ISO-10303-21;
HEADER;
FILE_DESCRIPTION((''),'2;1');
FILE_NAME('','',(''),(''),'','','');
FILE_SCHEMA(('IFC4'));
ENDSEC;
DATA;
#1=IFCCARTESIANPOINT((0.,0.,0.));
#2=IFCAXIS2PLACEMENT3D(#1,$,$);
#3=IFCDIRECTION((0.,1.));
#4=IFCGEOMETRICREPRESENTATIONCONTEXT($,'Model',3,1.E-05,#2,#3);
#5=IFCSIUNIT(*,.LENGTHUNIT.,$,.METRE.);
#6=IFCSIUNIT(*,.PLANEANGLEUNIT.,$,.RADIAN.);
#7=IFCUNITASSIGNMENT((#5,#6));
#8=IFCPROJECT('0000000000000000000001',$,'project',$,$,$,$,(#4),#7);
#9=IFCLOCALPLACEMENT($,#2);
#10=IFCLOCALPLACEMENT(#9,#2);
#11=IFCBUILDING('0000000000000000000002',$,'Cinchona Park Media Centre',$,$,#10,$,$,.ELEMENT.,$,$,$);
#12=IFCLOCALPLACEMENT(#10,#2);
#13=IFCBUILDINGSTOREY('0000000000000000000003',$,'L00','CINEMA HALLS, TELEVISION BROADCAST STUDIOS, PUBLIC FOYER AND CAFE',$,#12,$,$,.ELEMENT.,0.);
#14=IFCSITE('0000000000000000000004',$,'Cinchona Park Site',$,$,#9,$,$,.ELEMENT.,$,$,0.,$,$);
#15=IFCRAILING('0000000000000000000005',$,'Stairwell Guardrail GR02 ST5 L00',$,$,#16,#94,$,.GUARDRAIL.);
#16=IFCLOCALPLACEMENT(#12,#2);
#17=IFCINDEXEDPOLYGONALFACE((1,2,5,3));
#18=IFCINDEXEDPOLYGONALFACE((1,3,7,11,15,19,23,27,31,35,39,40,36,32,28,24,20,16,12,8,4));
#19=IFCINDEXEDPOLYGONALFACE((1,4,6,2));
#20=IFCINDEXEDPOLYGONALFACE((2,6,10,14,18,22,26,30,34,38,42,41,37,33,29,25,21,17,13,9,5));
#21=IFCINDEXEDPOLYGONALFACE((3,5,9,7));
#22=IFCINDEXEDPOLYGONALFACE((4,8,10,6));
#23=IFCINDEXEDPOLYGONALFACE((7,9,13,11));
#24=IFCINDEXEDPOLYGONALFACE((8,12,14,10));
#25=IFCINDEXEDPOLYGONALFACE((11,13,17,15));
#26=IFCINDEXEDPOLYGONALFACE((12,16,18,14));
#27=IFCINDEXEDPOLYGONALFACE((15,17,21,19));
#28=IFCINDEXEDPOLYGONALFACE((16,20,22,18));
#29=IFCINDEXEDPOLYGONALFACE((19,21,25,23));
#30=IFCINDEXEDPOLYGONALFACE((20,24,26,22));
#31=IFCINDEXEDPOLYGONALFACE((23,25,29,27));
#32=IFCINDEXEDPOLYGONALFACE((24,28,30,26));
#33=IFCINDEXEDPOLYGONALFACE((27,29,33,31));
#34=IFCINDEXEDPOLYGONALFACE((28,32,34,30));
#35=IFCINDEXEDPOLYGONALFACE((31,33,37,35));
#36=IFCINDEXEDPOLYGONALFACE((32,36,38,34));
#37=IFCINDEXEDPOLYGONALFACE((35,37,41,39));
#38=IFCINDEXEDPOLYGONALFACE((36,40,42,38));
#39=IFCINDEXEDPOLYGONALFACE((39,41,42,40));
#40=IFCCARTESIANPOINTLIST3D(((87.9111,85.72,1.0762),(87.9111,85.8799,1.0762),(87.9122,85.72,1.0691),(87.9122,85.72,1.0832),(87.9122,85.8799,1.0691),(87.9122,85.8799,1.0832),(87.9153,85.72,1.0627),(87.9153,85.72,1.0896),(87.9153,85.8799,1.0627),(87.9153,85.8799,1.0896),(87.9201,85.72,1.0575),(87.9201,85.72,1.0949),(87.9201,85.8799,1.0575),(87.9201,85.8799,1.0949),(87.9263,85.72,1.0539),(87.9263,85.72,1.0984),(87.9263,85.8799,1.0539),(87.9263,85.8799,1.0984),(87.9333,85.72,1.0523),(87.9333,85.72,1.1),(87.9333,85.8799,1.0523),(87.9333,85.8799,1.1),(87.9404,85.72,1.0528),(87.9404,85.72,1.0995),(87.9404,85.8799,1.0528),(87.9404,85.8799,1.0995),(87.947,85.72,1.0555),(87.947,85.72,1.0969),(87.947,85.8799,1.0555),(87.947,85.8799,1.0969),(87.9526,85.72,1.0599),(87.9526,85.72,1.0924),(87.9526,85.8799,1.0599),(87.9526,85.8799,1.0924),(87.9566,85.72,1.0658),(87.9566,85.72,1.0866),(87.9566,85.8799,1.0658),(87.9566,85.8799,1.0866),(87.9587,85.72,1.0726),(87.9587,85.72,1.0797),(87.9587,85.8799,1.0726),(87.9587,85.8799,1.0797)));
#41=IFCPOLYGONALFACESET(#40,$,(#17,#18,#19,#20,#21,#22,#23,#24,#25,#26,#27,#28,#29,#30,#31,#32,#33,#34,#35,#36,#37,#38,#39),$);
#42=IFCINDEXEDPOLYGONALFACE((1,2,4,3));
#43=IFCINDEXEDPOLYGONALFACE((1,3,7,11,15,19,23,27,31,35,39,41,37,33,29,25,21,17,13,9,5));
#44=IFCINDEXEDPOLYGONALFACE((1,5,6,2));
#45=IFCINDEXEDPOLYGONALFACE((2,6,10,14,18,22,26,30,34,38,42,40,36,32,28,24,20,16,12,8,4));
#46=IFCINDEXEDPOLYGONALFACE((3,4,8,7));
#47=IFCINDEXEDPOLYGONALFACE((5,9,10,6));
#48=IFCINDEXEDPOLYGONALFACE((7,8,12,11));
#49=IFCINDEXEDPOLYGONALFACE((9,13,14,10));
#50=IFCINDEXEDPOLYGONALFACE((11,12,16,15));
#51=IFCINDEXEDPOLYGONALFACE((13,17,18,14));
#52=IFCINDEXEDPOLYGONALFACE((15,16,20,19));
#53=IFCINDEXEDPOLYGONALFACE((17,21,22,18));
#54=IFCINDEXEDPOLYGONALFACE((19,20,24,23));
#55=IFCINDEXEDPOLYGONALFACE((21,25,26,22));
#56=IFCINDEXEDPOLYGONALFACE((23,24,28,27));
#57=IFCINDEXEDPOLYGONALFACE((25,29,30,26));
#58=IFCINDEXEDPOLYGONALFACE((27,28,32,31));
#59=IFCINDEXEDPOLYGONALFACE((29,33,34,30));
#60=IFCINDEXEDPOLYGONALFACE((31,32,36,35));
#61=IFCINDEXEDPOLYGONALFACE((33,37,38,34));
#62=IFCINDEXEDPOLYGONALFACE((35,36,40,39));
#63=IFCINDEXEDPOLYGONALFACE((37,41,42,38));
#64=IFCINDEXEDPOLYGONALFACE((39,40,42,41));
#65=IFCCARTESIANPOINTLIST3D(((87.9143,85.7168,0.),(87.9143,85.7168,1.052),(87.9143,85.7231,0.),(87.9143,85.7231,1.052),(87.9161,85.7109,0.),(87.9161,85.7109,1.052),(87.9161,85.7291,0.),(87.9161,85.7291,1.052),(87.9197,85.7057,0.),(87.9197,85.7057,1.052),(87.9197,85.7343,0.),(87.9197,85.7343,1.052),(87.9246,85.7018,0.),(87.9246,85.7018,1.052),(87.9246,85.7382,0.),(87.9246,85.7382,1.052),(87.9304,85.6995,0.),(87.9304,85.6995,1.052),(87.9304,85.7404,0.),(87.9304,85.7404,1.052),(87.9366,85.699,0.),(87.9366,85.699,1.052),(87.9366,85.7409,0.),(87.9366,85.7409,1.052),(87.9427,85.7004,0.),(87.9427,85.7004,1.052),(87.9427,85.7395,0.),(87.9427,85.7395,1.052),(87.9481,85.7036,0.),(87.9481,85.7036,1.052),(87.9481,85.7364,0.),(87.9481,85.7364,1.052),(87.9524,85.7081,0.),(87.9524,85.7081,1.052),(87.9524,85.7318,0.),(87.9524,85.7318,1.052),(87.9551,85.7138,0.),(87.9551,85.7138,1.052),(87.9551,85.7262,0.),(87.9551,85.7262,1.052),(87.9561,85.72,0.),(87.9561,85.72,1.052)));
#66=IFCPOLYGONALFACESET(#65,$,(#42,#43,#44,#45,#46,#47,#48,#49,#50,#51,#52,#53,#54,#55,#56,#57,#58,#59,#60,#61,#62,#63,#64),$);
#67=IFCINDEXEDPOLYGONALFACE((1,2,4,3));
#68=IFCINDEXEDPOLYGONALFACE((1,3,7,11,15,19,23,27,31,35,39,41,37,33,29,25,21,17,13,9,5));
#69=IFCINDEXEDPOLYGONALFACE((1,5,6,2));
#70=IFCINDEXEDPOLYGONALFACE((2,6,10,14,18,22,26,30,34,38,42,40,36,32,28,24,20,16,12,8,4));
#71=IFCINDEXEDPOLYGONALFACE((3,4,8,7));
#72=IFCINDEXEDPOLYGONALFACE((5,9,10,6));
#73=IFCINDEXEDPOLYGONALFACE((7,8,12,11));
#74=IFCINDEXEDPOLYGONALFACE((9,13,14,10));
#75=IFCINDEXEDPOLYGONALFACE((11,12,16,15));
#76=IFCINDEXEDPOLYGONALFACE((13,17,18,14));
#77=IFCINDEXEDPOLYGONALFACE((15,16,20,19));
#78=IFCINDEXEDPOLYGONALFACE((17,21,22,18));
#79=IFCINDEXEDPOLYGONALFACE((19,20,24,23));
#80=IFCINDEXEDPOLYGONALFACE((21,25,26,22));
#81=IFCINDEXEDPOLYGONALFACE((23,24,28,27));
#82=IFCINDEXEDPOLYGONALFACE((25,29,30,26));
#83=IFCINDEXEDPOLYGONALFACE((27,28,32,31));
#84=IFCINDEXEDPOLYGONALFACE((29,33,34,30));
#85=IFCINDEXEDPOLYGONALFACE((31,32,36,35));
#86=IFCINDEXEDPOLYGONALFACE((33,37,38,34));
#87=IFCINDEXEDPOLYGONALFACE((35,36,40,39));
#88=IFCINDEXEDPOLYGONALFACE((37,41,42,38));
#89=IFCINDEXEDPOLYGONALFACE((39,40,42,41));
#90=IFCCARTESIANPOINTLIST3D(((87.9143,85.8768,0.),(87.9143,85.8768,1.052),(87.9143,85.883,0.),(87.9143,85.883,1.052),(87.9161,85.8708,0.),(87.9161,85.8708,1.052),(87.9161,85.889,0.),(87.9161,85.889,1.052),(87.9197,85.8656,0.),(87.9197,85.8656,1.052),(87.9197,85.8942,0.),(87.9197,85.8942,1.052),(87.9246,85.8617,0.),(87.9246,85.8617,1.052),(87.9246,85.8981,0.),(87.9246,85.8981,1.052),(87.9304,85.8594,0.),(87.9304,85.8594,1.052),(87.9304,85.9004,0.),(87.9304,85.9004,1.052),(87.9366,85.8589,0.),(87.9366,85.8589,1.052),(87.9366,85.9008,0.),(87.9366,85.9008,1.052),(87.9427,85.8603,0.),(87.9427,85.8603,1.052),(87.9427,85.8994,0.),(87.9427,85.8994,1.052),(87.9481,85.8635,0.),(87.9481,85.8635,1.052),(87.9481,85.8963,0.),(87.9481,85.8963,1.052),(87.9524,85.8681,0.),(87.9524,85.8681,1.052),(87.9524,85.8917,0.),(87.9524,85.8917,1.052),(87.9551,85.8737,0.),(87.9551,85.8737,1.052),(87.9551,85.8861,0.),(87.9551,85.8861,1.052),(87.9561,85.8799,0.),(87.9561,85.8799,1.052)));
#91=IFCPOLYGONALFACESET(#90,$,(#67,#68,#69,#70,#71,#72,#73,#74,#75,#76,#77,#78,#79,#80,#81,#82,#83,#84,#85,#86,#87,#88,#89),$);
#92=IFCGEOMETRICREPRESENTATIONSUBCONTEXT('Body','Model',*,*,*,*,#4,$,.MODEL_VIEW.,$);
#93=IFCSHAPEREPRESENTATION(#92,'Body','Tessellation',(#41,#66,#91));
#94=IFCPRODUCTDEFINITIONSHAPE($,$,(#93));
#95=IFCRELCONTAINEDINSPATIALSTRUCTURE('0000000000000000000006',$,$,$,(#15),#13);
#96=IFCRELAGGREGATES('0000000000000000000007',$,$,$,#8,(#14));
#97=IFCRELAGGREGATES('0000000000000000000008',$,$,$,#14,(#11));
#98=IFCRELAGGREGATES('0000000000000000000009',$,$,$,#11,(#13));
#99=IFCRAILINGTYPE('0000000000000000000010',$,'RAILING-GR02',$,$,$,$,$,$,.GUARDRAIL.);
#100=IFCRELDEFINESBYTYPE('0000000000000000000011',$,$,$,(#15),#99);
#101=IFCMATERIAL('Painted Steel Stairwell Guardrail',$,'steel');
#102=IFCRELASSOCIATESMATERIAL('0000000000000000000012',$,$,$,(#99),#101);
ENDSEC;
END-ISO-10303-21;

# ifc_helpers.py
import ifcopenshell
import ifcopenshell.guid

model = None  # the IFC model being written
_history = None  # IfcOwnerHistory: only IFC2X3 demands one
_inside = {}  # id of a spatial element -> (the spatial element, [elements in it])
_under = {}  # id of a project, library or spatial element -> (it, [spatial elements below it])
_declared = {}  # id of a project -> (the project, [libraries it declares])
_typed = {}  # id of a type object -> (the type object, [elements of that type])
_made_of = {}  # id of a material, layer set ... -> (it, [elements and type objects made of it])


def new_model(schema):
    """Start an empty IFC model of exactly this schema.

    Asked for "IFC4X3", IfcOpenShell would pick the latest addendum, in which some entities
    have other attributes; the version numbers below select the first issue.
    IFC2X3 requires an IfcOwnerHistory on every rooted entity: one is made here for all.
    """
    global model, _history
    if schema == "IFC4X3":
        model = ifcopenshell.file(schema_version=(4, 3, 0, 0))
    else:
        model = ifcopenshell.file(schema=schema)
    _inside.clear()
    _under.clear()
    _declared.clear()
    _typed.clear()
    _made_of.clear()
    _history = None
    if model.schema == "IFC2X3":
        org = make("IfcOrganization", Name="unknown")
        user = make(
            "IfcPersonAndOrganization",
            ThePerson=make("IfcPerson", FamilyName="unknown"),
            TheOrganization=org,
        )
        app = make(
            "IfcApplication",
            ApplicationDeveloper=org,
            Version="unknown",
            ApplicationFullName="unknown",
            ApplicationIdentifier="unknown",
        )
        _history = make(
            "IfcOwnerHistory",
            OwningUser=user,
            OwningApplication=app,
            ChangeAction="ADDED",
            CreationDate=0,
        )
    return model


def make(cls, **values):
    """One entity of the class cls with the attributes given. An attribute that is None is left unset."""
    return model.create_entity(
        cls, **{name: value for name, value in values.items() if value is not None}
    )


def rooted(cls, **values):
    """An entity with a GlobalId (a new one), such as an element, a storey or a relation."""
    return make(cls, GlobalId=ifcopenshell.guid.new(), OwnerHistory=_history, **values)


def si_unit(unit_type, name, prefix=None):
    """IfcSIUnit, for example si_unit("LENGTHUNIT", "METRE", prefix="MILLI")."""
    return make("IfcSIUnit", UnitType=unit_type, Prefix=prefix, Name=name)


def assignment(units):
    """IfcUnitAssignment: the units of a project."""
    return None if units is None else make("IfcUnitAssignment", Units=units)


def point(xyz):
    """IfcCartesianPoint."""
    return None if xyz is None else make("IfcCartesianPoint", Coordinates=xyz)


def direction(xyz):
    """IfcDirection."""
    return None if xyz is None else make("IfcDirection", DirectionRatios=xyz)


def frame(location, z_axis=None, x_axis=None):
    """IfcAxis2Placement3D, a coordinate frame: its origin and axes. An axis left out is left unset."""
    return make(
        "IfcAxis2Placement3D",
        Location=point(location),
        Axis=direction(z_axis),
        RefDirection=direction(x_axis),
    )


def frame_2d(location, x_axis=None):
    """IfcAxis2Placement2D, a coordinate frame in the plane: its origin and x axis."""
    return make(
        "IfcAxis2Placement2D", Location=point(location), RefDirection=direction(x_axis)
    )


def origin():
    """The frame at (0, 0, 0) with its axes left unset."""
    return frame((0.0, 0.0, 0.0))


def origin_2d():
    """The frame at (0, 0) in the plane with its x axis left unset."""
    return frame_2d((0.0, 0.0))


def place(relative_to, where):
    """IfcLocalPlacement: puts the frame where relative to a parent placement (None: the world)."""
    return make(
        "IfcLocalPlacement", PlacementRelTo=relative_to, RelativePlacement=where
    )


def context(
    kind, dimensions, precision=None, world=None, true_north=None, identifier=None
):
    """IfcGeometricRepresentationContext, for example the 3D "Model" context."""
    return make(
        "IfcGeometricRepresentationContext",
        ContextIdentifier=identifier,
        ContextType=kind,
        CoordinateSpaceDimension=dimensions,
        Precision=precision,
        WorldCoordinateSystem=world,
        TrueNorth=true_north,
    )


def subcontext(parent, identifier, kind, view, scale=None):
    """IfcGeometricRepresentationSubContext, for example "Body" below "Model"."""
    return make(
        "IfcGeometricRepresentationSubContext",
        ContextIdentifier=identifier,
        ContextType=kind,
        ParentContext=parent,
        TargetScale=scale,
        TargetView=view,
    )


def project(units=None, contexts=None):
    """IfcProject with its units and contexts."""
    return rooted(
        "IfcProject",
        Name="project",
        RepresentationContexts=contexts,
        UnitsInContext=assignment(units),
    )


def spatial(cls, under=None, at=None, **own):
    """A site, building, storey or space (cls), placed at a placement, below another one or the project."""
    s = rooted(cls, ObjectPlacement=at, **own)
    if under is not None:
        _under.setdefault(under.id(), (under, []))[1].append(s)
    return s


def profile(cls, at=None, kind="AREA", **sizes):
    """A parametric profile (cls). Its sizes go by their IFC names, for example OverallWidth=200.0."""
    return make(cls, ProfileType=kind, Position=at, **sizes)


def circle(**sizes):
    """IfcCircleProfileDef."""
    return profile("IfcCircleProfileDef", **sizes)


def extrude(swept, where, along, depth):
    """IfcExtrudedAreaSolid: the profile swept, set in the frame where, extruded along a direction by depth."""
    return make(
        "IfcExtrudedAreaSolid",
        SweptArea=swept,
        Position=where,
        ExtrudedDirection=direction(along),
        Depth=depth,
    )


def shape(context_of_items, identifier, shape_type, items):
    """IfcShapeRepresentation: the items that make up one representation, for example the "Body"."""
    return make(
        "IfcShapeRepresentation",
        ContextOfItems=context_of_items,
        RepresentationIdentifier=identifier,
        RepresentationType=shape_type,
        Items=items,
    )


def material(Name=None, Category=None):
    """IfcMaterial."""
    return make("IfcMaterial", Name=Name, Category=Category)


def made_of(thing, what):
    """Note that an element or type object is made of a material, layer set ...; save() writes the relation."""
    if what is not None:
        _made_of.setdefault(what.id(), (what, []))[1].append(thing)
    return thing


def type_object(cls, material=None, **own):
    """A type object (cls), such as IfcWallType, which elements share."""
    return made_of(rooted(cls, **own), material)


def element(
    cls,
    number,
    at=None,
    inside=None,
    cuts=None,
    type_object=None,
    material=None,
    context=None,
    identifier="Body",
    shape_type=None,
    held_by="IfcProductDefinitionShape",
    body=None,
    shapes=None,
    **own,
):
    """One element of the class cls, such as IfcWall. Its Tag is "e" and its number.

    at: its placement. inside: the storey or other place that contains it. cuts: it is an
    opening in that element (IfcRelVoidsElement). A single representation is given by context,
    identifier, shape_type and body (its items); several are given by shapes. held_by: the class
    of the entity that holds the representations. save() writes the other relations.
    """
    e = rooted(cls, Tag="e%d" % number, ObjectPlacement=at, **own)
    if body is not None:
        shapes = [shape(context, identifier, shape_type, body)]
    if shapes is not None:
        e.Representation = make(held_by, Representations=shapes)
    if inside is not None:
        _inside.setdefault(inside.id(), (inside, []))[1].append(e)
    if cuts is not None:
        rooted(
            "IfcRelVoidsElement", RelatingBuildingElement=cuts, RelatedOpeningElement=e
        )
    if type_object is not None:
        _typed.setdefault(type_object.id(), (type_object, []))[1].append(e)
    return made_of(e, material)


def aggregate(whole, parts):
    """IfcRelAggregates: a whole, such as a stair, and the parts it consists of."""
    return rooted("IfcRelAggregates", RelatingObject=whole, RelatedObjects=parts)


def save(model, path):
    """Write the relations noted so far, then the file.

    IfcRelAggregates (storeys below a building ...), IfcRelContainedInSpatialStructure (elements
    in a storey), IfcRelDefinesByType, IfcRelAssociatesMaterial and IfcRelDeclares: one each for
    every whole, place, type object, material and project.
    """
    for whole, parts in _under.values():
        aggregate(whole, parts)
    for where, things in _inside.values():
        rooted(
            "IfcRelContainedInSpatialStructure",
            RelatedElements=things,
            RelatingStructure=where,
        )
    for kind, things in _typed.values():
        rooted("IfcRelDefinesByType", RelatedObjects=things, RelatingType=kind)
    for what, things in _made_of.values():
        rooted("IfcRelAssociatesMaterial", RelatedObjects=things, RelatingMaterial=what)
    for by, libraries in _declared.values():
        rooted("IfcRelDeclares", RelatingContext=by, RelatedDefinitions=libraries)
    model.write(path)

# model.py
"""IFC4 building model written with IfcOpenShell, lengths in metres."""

from ifc_helpers import new_model, si_unit, direction, frame, origin, origin_2d, place, context, subcontext, project, spatial, circle, extrude, material, type_object, element, save


model = new_model("IFC4")

# Units and contexts
model_context = context("Model", 3, precision=1e-05, world=origin(), true_north=direction((0.0, 1.0)))
body_context = subcontext(model_context, "Body", "Model", "MODEL_VIEW")
ifc_project = project(units=[si_unit("LENGTHUNIT", "METRE"), si_unit("PLANEANGLEUNIT", "RADIAN")], contexts=[model_context])

# Site, building, storey
site_placement = place(None, origin())
site = spatial("IfcSite", under=ifc_project, at=site_placement, Name="Cinchona Park Site", CompositionType="ELEMENT", RefElevation=0.0)
building_placement = place(site_placement, origin())
building = spatial("IfcBuilding", under=site, at=building_placement, Name="Cinchona Park Media Centre", CompositionType="ELEMENT")
storey_placement = place(building_placement, origin())
storey = spatial("IfcBuildingStorey", under=building, at=storey_placement, Name="L00", Description="CINEMA HALLS, TELEVISION BROADCAST STUDIOS, PUBLIC FOYER AND CAFE", CompositionType="ELEMENT", Elevation=0.0)

# Railing
ifc_material_1 = material(Name="Painted Steel Stairwell Guardrail", Category="steel")
railing_type_1 = type_object("IfcRailingType", Name="RAILING-GR02", PredefinedType="GUARDRAIL", material=ifc_material_1)
railing_1_placement = place(storey_placement, frame((87.9351, 85.72, 0.0)))
element("IfcRailing", 1, at=railing_1_placement, inside=storey, type_object=railing_type_1, Name="Stairwell Guardrail GR02 ST5 L00", PredefinedType="GUARDRAIL", context=body_context, shape_type="SweptSolid", body=[
    extrude(circle(Radius=0.0239, at=origin_2d()), frame((0.0, 0.0, 1.0762), z_axis=(0.0, 1.0, 0.0), x_axis=(-1.0, 0.0, 0.0)), (0.0, 0.0, 1.0), 0.1599),
    extrude(circle(Radius=0.021, at=origin_2d()), origin(), (0.0, 0.0, 1.0), 1.052),
    extrude(circle(Radius=0.021, at=origin_2d()), frame((0.0, 0.1599, 0.0)), (0.0, 0.0, 1.0), 1.052),
])

save(model, "model.ifc")
